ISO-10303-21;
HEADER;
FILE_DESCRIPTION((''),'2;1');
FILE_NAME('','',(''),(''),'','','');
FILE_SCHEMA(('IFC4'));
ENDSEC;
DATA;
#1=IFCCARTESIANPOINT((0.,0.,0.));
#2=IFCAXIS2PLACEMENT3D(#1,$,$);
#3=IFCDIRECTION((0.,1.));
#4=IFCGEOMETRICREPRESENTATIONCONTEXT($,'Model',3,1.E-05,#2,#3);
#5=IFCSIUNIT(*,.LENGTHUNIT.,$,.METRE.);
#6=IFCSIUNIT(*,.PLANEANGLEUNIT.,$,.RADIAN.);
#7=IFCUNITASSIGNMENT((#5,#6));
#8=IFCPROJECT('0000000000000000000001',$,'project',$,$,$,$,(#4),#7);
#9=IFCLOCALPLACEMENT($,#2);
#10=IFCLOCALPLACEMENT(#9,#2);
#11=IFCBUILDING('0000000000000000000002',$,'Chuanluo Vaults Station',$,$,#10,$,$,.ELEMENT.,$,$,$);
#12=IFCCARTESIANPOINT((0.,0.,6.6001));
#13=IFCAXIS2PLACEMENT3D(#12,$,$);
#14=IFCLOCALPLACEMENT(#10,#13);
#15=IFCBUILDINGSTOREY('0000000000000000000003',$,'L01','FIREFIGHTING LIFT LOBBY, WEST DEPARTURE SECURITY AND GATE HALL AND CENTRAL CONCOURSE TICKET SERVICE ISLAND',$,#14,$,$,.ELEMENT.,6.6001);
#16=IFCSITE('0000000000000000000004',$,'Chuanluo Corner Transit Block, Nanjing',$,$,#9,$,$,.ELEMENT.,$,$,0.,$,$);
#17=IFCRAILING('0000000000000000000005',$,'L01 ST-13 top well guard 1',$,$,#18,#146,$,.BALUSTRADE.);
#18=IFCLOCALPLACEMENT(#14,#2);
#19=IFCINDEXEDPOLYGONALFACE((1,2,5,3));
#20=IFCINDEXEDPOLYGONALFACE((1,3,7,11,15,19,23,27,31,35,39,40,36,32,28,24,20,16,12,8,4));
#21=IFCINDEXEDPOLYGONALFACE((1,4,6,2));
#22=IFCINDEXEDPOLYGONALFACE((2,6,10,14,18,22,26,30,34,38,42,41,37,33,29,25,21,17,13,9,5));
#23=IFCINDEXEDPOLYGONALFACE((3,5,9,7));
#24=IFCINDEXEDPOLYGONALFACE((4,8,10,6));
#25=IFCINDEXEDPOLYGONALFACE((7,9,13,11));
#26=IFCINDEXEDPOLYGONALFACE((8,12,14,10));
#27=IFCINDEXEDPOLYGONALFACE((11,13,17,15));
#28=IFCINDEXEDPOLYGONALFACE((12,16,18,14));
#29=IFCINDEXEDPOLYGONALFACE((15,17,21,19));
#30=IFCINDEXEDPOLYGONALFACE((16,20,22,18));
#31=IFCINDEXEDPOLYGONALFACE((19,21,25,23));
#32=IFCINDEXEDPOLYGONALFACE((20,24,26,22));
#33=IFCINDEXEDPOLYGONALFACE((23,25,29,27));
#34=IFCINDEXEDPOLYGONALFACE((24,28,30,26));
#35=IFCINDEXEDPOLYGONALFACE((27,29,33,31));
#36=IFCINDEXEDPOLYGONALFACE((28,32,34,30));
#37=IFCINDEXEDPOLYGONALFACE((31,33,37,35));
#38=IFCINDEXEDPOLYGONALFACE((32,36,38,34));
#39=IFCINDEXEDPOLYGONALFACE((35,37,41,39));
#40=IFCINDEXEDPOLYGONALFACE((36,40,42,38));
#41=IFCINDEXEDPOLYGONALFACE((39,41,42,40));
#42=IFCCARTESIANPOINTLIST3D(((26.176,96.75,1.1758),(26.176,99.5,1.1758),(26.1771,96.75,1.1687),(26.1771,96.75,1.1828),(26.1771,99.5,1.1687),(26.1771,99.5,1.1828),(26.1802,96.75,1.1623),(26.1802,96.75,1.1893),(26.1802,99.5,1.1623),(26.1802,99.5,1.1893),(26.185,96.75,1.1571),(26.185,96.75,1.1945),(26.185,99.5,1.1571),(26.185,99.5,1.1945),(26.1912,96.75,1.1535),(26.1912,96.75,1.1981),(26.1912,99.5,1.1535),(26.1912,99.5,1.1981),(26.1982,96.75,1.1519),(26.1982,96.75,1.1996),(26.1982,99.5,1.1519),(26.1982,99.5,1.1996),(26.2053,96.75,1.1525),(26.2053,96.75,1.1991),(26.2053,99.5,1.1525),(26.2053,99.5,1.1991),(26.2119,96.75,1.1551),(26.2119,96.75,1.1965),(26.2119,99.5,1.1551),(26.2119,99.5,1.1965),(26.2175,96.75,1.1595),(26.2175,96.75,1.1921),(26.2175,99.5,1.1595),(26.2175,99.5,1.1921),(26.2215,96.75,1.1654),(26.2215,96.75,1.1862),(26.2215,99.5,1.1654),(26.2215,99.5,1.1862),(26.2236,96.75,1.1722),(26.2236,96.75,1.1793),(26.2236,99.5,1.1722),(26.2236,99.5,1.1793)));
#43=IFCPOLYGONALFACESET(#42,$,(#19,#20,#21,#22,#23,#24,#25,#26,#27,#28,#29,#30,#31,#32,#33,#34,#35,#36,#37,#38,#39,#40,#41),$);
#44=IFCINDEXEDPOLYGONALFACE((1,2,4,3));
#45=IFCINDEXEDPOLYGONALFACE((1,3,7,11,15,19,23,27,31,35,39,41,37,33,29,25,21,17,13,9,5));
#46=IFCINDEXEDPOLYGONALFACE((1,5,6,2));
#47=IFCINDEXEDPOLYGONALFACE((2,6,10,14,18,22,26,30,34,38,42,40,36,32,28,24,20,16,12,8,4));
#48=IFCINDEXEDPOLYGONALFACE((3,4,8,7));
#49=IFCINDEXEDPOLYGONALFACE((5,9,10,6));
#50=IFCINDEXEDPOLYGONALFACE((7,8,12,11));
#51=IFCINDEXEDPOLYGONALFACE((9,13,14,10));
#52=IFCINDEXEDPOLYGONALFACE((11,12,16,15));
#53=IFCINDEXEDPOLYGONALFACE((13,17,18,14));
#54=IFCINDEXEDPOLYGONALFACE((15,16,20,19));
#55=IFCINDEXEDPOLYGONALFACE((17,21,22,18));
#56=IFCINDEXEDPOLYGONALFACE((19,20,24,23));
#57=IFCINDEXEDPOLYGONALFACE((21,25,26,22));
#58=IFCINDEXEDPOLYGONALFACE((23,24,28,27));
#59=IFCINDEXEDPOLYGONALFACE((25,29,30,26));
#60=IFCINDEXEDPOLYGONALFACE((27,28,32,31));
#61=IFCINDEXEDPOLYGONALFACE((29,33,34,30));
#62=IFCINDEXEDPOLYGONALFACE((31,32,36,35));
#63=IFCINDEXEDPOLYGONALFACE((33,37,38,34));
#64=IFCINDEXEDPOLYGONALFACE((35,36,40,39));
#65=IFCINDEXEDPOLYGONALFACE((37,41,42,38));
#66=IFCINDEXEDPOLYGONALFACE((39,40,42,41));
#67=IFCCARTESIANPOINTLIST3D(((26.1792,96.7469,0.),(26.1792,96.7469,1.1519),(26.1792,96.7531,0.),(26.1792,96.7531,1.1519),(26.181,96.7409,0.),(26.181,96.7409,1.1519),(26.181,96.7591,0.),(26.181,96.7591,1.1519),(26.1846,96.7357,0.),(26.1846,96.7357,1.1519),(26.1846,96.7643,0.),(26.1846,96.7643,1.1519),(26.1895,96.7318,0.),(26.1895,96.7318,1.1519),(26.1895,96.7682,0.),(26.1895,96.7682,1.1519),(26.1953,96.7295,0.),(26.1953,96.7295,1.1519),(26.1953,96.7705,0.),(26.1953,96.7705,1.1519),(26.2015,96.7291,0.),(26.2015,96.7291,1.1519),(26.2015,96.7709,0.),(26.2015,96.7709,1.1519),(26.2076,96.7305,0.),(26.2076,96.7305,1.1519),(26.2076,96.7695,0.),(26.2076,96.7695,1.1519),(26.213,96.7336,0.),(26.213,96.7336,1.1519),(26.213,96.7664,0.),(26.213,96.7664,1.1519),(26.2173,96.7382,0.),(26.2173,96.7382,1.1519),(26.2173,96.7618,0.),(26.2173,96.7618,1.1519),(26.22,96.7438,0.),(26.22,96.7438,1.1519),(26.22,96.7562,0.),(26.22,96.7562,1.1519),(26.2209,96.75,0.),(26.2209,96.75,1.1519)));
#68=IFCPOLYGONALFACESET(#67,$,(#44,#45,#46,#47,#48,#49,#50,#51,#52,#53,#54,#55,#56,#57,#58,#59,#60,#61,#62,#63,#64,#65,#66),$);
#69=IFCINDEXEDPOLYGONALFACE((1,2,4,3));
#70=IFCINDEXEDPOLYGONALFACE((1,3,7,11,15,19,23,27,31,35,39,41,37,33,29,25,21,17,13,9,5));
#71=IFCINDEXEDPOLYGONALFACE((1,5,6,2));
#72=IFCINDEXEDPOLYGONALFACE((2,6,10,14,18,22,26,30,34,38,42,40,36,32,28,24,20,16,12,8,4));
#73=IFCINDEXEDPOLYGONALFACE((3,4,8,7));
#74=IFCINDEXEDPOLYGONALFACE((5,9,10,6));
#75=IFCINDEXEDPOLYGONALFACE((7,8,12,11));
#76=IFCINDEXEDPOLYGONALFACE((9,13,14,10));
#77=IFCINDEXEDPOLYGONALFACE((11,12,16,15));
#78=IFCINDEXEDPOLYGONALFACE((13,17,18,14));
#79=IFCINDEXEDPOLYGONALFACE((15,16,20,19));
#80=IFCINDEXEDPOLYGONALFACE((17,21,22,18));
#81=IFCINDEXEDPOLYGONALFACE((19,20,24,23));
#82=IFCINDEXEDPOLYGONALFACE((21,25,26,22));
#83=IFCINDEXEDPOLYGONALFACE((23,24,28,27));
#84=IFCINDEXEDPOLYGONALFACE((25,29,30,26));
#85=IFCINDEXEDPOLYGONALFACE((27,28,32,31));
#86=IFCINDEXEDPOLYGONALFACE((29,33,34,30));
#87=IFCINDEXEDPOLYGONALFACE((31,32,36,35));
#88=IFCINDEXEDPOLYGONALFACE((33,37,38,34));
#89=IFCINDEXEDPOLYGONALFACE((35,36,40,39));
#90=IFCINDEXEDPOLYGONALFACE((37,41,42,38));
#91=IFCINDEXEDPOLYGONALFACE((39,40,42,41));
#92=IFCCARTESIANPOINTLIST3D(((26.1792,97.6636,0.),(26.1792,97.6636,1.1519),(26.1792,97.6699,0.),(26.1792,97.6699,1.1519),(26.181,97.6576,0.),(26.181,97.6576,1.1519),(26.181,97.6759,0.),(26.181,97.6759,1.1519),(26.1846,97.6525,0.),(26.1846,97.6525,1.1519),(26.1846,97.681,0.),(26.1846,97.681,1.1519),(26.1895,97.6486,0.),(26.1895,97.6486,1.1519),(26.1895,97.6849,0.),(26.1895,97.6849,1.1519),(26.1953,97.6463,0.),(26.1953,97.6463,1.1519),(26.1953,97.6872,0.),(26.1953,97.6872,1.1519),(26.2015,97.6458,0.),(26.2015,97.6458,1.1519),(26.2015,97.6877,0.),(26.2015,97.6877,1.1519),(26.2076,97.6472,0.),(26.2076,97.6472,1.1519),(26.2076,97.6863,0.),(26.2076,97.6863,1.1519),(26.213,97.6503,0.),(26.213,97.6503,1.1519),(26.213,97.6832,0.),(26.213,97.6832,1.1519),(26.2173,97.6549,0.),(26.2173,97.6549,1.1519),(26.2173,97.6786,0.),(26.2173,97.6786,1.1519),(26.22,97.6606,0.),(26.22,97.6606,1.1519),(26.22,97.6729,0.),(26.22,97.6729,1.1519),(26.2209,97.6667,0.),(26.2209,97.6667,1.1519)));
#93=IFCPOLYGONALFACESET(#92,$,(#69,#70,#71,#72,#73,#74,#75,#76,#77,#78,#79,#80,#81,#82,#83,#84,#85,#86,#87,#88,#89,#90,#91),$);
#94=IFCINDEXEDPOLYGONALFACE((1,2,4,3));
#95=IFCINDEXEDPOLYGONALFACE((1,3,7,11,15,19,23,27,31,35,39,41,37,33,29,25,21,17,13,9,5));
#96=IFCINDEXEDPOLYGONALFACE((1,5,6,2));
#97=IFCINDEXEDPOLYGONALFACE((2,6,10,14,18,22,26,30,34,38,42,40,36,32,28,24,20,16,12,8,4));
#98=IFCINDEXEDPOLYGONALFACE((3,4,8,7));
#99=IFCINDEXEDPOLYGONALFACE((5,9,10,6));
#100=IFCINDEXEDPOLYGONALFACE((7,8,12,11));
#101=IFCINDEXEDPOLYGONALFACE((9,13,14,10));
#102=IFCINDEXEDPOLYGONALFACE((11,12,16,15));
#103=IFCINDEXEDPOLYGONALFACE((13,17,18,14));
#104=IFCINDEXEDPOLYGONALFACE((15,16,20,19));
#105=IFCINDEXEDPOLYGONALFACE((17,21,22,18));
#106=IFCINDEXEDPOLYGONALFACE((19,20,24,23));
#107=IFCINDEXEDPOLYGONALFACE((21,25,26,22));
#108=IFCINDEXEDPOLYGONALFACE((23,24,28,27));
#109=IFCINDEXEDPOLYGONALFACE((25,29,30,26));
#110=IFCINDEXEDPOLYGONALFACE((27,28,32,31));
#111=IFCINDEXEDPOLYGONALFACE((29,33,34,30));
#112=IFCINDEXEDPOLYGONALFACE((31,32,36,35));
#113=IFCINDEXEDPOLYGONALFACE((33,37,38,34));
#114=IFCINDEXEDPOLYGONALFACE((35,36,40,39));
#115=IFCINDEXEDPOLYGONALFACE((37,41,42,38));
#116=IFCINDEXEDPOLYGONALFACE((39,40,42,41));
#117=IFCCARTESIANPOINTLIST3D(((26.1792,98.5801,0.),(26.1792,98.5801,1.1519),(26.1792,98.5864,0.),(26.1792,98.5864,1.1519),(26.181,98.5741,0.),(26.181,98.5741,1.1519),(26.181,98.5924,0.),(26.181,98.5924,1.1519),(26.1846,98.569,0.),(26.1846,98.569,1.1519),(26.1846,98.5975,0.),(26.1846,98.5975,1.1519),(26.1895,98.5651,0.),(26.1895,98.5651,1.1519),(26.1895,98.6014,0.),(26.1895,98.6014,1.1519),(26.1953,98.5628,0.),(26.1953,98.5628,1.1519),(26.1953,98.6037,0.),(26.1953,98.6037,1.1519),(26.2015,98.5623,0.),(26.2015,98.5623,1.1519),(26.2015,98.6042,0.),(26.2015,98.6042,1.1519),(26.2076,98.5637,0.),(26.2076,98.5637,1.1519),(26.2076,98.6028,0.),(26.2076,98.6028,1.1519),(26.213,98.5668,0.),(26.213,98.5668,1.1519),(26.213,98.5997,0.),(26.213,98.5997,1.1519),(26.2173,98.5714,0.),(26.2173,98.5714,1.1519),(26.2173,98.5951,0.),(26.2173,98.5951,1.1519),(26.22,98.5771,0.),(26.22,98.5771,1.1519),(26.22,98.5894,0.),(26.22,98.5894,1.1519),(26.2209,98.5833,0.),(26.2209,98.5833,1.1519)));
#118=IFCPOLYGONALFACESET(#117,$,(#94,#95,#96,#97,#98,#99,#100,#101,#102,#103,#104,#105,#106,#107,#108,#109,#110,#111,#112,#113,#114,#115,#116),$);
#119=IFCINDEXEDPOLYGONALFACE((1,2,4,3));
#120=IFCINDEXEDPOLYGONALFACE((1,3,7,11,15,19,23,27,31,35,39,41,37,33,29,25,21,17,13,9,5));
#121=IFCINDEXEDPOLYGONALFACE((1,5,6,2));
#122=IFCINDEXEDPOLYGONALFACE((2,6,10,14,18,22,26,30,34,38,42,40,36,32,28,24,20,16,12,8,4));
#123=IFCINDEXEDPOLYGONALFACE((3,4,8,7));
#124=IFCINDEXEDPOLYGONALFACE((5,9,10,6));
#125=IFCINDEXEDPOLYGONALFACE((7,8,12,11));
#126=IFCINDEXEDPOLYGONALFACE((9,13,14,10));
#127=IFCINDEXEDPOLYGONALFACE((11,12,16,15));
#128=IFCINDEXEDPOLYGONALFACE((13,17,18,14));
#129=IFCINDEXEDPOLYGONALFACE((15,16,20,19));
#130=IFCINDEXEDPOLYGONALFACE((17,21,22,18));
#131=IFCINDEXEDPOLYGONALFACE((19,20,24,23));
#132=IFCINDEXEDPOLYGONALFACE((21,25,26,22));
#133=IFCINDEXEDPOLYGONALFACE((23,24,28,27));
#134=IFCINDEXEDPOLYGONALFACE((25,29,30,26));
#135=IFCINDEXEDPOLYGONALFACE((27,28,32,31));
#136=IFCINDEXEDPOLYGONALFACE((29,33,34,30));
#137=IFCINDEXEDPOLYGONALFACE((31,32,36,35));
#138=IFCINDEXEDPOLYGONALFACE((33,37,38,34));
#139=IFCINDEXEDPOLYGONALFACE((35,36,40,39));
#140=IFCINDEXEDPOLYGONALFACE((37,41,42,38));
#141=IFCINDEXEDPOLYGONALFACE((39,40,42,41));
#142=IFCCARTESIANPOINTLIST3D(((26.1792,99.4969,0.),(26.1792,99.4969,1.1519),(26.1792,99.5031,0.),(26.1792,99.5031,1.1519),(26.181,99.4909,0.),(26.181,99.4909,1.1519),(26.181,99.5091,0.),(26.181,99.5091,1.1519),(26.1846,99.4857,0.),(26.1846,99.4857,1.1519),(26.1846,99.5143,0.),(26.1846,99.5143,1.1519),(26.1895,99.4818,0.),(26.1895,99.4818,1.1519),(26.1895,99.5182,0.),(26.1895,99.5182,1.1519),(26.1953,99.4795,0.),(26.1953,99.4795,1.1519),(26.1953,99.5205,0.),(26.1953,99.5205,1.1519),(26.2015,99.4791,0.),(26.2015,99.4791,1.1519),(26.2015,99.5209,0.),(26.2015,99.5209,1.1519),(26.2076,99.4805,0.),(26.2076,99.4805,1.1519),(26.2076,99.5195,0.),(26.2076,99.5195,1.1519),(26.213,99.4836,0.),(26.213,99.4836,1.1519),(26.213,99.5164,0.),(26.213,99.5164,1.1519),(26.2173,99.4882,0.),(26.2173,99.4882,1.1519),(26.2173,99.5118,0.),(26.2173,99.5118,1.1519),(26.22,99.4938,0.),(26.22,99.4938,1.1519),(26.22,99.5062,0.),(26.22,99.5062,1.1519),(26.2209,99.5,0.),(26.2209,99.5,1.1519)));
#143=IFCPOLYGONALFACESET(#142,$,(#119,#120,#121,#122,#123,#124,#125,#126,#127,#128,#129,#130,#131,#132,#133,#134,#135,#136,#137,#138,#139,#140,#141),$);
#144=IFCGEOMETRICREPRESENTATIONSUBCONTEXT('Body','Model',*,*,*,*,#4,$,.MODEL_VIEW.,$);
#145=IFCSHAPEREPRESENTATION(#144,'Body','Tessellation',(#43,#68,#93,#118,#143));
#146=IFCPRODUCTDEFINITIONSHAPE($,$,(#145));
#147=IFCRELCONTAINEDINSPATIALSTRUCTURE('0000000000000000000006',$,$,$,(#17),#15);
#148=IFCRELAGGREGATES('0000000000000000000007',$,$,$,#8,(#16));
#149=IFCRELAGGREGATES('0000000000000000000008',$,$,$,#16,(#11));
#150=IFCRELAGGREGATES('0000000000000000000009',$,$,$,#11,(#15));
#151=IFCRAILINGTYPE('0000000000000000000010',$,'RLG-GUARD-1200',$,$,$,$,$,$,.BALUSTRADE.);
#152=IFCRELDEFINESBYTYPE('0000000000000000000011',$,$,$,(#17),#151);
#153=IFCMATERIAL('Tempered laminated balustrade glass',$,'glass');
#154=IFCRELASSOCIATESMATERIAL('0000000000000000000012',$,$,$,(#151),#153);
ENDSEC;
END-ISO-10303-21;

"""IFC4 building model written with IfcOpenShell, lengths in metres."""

from ifc_helpers import new_model, si_unit, direction, frame, origin, origin_2d, place, context, subcontext, project, spatial, circle, extrude, material, type_object, element, save


model = new_model("IFC4")

# Units and contexts
model_context = context("Model", 3, precision=1e-05, world=origin(), true_north=direction((0.0, 1.0)))
body_context = subcontext(model_context, "Body", "Model", "MODEL_VIEW")
ifc_project = project(units=[si_unit("LENGTHUNIT", "METRE"), si_unit("PLANEANGLEUNIT", "RADIAN")], contexts=[model_context])

# Site, building, storey
site_placement = place(None, origin())
site = spatial("IfcSite", under=ifc_project, at=site_placement, Name="Chuanluo Corner Transit Block, Nanjing", CompositionType="ELEMENT", RefElevation=0.0)
building_placement = place(site_placement, origin())
building = spatial("IfcBuilding", under=site, at=building_placement, Name="Chuanluo Vaults Station", CompositionType="ELEMENT")
storey_placement = place(building_placement, frame((0.0, 0.0, 6.6001)))
storey = spatial("IfcBuildingStorey", under=building, at=storey_placement, Name="L01", Description="FIREFIGHTING LIFT LOBBY, WEST DEPARTURE SECURITY AND GATE HALL AND CENTRAL CONCOURSE TICKET SERVICE ISLAND", CompositionType="ELEMENT", Elevation=6.6001)

# Railing
ifc_material_1 = material(Name="Tempered laminated balustrade glass", Category="glass")
railing_type = type_object("IfcRailingType", Name="RLG-GUARD-1200", PredefinedType="BALUSTRADE", material=ifc_material_1)
for number, where, name in (
    (1, (26.2, 96.75, 0.0), "L01 ST-13 top well guard 1"),
):
    element("IfcRailing", number, at=place(storey_placement, frame(where)), inside=storey, type_object=railing_type, Name=name, PredefinedType="BALUSTRADE", context=body_context, shape_type="SweptSolid", body=[
        extrude(circle(Radius=0.0239, at=origin_2d()), frame((0.0, 0.0, 1.1758), z_axis=(0.0, 1.0, 0.0), x_axis=(-1.0, 0.0, 0.0)), (0.0, 0.0, 1.0), 2.75),
        extrude(circle(Radius=0.021, at=origin_2d()), origin(), (0.0, 0.0, 1.0), 1.1519),
        extrude(circle(Radius=0.021, at=origin_2d()), frame((0.0, 0.9167, 0.0)), (0.0, 0.0, 1.0), 1.1519),
        extrude(circle(Radius=0.021, at=origin_2d()), frame((0.0, 1.8333, 0.0)), (0.0, 0.0, 1.0), 1.1519),
        extrude(circle(Radius=0.021, at=origin_2d()), frame((0.0, 2.75, 0.0)), (0.0, 0.0, 1.0), 1.1519),
    ])

save(model, "model.ifc")
